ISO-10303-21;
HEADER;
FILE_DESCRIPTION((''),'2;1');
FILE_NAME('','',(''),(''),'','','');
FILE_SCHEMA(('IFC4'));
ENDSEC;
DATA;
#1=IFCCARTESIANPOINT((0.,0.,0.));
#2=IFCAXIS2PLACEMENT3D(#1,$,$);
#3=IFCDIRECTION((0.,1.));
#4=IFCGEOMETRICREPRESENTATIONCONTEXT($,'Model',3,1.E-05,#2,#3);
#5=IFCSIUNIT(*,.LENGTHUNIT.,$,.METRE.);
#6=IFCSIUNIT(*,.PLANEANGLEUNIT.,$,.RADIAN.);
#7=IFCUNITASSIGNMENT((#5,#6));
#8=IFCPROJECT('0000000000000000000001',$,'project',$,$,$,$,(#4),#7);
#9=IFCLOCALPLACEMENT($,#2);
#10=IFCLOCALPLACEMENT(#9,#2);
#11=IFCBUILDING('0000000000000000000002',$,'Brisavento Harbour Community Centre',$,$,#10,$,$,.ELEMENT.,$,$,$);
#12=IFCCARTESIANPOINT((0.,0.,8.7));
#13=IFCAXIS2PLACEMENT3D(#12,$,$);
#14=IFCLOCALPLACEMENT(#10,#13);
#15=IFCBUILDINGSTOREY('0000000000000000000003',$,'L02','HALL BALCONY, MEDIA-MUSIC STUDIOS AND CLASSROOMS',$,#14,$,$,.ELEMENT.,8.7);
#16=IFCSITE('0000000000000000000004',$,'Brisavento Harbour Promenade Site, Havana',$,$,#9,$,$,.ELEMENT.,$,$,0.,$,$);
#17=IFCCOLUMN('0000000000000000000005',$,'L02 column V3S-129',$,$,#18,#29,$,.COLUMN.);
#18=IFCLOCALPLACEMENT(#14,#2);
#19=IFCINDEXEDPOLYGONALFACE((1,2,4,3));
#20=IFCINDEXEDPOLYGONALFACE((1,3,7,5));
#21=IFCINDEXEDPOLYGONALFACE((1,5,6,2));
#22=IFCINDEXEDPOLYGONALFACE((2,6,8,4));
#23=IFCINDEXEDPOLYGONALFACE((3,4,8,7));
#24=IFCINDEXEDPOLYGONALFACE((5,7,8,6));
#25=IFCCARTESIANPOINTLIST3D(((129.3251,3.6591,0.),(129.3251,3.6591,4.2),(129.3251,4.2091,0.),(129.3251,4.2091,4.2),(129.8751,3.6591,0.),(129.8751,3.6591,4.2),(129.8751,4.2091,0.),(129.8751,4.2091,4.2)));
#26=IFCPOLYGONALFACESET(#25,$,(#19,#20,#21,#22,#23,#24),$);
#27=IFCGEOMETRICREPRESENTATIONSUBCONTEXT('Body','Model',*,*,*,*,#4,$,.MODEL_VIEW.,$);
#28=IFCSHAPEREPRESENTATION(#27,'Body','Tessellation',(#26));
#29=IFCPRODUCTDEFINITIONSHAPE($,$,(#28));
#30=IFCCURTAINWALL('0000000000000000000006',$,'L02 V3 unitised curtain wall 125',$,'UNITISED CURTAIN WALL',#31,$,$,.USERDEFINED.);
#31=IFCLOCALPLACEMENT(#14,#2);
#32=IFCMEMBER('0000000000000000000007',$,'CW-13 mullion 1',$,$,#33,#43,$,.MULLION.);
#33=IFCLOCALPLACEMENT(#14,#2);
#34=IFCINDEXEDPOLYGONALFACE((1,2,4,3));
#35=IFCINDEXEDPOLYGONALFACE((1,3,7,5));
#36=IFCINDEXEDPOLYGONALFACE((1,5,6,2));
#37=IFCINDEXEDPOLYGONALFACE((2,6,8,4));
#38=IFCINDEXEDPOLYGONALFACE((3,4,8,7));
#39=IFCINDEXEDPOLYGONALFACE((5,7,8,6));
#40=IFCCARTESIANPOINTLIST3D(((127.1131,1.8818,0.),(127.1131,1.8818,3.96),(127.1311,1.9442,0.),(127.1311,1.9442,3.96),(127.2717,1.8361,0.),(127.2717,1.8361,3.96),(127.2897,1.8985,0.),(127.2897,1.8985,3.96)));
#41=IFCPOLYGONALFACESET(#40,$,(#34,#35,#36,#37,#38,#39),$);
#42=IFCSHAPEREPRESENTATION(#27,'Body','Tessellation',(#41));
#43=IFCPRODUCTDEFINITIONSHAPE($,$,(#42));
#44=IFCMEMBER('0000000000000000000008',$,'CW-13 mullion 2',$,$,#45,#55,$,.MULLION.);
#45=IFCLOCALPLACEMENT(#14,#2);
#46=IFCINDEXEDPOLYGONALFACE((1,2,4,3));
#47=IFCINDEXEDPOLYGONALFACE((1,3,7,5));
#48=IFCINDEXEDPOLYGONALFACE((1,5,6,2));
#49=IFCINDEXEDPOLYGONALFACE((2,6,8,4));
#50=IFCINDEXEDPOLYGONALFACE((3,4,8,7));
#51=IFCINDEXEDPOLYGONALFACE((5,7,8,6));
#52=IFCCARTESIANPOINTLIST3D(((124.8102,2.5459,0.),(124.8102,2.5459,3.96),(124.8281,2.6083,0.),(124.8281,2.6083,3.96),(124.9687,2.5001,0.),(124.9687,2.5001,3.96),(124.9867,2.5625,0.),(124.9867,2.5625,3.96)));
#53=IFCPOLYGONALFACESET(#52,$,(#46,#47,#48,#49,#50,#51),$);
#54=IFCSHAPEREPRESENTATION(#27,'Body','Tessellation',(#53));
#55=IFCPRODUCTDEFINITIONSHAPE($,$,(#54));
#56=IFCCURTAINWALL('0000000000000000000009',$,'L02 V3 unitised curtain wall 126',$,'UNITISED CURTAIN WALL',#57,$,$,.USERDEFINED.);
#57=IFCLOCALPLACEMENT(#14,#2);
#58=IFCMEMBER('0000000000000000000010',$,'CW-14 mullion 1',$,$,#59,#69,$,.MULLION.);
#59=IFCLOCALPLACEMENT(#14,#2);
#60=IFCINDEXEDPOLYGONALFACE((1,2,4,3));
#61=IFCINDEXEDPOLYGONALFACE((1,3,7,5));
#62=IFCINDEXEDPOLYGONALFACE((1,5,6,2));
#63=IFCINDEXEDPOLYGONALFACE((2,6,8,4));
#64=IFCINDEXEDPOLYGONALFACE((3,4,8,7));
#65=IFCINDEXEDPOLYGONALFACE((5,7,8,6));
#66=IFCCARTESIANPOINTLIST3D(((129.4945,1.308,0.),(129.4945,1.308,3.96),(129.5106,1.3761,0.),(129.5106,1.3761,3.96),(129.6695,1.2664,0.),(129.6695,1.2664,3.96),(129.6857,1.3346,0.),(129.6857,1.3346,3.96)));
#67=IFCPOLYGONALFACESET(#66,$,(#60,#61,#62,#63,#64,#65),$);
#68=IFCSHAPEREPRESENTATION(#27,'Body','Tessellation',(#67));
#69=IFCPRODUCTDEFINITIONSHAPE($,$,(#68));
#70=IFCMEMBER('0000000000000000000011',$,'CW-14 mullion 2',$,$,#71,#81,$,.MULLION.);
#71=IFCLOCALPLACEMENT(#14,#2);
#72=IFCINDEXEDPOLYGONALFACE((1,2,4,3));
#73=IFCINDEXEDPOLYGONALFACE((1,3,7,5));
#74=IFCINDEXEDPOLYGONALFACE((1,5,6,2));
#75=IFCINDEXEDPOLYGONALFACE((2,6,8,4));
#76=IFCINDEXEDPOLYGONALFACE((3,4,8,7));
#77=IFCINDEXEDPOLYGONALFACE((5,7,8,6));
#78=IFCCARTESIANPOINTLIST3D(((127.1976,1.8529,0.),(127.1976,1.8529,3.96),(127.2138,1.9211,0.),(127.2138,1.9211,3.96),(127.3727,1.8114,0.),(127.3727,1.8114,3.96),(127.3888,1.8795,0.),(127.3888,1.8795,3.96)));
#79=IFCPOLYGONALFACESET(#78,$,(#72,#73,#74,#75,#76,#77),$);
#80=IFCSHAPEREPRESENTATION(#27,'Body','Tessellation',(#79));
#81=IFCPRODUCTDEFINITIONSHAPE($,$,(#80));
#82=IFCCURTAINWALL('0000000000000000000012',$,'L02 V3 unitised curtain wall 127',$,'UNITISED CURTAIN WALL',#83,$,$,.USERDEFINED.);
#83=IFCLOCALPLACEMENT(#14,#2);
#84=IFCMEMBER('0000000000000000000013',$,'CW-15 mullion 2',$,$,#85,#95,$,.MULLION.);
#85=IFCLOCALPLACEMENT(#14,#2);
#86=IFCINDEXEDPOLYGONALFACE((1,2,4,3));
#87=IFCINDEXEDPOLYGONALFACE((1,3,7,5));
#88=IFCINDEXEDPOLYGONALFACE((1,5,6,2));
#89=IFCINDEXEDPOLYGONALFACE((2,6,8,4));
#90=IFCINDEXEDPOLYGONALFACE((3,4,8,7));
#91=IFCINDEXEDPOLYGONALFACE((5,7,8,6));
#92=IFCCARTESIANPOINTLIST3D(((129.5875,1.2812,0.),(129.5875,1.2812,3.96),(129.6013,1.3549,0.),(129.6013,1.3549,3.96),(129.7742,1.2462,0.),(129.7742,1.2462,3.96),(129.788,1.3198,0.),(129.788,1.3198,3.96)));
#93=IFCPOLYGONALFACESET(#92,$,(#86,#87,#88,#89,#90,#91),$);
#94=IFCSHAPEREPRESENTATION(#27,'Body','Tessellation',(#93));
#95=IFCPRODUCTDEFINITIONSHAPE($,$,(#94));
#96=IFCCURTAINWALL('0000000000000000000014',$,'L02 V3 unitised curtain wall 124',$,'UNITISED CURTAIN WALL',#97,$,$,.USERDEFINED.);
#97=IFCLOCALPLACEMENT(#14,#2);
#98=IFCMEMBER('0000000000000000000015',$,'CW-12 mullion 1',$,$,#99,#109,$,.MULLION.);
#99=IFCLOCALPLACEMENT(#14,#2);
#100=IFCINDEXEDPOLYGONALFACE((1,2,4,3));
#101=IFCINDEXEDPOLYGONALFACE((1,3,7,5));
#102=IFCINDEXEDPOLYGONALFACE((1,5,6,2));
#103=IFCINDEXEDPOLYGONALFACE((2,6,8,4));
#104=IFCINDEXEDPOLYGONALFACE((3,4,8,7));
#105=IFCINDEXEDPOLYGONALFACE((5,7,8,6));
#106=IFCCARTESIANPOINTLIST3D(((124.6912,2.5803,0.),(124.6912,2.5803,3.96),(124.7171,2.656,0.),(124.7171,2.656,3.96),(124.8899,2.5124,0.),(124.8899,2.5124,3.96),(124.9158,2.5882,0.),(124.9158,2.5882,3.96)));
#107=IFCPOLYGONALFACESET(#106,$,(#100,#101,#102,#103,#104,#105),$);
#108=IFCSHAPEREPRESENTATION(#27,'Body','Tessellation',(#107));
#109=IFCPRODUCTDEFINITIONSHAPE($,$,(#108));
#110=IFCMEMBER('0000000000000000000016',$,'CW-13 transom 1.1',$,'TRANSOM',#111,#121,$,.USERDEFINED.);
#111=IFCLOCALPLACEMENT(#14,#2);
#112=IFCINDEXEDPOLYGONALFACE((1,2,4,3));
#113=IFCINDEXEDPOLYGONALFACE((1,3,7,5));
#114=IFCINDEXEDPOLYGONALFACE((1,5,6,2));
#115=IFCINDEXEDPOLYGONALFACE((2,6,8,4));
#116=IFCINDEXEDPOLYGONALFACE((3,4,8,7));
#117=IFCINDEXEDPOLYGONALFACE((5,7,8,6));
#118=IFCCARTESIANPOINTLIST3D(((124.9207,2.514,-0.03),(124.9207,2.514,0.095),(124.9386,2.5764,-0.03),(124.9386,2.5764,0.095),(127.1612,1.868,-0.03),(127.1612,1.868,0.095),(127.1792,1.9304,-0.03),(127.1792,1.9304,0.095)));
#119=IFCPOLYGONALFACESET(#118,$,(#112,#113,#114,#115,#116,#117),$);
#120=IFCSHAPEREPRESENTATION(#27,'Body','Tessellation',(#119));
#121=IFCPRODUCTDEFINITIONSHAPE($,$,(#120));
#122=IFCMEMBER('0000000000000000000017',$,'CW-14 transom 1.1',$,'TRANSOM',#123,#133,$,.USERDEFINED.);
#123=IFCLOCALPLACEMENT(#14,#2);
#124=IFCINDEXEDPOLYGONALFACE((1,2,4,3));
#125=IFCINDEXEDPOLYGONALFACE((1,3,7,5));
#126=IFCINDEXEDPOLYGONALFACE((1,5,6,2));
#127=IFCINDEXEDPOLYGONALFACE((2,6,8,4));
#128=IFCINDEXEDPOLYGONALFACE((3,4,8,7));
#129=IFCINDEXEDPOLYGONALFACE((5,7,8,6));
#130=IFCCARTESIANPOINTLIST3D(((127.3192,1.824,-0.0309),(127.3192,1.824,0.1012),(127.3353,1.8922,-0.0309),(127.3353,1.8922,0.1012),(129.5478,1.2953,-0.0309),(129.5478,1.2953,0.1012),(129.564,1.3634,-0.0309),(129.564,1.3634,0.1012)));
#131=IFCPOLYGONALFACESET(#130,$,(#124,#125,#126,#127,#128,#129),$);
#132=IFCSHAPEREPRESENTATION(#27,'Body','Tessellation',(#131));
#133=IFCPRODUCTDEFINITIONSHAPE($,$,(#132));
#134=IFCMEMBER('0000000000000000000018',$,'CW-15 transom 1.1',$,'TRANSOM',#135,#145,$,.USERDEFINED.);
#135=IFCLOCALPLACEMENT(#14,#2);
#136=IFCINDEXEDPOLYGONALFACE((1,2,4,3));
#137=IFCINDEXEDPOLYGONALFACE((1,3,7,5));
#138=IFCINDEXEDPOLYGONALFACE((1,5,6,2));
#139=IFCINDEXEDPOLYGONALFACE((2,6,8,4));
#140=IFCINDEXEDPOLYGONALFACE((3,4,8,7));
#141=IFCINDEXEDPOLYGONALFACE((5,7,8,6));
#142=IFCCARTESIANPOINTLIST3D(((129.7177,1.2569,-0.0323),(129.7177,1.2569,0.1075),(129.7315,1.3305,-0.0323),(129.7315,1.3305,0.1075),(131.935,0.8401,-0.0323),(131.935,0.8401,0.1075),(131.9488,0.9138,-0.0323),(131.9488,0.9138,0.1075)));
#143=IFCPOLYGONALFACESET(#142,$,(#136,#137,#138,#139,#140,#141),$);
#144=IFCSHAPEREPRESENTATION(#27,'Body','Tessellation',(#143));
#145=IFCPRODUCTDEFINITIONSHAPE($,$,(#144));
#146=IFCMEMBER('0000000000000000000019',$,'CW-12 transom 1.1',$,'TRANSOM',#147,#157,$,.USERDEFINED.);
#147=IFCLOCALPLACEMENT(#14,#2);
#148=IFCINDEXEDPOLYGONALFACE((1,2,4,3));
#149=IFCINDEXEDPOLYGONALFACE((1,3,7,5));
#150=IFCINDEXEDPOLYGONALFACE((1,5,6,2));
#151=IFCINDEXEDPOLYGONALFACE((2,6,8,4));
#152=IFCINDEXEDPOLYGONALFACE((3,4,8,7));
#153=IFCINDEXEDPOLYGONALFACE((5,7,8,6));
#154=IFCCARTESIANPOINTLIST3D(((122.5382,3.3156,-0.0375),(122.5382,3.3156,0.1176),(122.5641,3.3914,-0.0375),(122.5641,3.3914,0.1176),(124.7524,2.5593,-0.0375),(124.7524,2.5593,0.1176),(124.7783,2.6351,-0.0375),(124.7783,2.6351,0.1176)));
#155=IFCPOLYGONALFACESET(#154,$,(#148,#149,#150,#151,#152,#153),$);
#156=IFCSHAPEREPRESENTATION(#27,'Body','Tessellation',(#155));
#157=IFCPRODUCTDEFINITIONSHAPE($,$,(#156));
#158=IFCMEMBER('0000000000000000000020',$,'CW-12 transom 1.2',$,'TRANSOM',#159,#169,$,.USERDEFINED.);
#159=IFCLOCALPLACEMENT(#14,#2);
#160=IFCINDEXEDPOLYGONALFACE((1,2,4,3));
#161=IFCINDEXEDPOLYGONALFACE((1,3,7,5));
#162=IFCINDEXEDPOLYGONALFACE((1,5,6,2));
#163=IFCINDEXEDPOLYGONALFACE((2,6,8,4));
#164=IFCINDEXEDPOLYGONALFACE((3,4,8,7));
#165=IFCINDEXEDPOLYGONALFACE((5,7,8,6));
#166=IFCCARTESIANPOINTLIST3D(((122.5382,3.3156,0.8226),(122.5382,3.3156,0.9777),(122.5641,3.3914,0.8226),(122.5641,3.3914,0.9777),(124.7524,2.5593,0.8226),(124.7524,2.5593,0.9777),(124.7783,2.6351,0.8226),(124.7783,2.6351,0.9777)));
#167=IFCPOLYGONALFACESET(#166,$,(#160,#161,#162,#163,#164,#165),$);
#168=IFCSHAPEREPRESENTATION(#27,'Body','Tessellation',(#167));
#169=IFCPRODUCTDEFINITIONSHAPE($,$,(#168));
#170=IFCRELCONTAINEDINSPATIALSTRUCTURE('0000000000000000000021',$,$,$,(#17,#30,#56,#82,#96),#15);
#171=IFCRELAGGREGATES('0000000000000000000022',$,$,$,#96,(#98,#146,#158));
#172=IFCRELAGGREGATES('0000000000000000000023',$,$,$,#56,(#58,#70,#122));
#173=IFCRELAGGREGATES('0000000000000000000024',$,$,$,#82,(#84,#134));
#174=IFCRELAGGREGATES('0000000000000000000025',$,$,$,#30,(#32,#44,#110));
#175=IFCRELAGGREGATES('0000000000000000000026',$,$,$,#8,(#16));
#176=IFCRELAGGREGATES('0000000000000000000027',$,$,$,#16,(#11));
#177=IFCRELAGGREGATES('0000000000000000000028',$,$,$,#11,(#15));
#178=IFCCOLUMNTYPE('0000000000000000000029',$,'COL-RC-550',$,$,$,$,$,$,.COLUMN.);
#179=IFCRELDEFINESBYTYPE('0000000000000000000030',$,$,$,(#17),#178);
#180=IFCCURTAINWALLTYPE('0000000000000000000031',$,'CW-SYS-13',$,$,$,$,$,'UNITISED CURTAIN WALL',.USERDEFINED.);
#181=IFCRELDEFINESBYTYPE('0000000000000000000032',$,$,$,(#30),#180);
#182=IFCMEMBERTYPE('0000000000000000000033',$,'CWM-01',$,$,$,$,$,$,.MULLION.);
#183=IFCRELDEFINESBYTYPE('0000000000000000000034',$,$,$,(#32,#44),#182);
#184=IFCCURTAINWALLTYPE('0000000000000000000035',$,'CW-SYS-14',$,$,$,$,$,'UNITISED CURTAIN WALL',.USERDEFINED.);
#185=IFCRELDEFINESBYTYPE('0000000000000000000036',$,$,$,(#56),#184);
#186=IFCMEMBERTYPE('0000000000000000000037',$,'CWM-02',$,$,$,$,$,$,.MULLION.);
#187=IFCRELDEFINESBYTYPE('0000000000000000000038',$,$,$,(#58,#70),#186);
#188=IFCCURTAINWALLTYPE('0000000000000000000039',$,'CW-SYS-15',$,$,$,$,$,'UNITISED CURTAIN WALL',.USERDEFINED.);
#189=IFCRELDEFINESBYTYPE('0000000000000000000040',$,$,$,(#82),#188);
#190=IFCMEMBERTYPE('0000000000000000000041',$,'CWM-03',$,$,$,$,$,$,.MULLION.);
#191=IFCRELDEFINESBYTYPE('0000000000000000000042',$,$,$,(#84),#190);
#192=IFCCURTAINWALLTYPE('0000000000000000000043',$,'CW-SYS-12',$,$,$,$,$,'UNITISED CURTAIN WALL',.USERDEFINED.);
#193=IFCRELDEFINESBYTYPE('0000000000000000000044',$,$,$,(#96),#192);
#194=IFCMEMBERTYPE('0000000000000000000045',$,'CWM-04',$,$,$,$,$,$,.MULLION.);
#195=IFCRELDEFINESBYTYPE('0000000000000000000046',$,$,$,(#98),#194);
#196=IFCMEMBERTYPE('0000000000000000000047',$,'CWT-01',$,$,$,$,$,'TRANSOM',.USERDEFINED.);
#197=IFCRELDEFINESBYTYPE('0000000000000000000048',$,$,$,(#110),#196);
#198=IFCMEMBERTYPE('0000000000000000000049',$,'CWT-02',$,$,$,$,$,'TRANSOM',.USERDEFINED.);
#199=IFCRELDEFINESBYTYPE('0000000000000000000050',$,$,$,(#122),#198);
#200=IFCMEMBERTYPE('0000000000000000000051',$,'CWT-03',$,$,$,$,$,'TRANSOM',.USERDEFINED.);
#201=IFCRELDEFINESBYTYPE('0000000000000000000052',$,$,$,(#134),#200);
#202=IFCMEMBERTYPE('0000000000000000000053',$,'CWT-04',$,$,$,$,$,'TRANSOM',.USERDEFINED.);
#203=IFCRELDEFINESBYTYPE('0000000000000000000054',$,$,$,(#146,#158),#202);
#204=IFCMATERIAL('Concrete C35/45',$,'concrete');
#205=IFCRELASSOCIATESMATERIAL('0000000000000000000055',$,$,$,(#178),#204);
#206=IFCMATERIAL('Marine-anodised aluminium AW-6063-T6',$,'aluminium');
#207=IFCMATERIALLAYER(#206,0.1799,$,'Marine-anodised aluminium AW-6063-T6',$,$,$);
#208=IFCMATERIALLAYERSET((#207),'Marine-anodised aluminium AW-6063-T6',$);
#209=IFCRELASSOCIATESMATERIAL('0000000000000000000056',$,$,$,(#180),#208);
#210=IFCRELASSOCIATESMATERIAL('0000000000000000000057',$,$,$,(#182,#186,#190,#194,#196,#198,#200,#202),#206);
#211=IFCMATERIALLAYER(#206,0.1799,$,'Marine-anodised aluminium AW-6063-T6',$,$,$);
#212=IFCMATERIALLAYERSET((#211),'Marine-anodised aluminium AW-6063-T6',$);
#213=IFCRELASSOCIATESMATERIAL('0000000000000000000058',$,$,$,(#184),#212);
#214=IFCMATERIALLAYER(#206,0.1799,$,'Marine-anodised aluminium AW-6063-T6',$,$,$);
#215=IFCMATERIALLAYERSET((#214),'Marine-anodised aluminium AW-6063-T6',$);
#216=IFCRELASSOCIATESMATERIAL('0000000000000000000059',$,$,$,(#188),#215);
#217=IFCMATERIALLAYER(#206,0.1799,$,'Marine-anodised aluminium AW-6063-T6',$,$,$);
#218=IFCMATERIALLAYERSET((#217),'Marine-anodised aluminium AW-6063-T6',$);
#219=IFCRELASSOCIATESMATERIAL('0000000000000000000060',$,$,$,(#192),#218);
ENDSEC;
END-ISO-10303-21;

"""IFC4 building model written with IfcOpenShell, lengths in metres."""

from ifc_helpers import new_model, si_unit, direction, frame, origin, origin_2d, place, context, subcontext, project, spatial, rectangle, extrude, material, layer, layer_set, material_profile, profile_set, type_object, element, aggregate, save


model = new_model("IFC4")

# Units and contexts
model_context = context("Model", 3, precision=1e-05, world=origin(), true_north=direction((0.0, 1.0)))
body_context = subcontext(model_context, "Body", "Model", "MODEL_VIEW")
ifc_project = project(units=[si_unit("LENGTHUNIT", "METRE"), si_unit("PLANEANGLEUNIT", "RADIAN")], contexts=[model_context])

# Site, building, storey
site_placement = place(None, origin())
site = spatial("IfcSite", under=ifc_project, at=site_placement, Name="Brisavento Harbour Promenade Site, Havana", CompositionType="ELEMENT", RefElevation=0.0)
building_placement = place(site_placement, origin())
building = spatial("IfcBuilding", under=site, at=building_placement, Name="Brisavento Harbour Community Centre", CompositionType="ELEMENT")
storey_placement = place(building_placement, frame((0.0, 0.0, 8.7)))
storey = spatial("IfcBuildingStorey", under=building, at=storey_placement, Name="L02", Description="HALL BALCONY, MEDIA-MUSIC STUDIOS AND CLASSROOMS", CompositionType="ELEMENT", Elevation=8.7)

# Column
ifc_material_1 = material(Name="Concrete C35/45", Category="concrete")
ifc_material_profile_1 = material_profile(ifc_material_1, rectangle(XDim=0.55, YDim=0.55, at=origin_2d()), Name="Concrete C35/45")
ifc_profile_set_1 = profile_set([ifc_material_profile_1], Name="Concrete C35/45")
column_type = type_object("IfcColumnType", Name="COL-RC-550", PredefinedType="COLUMN", material=ifc_profile_set_1)
column_placement = place(storey_placement, frame((129.6001, 3.9341, 0.0), z_axis=(0.0, 0.0, 1.0), x_axis=(1.0, 0.0, 0.0)))
element("IfcColumn", 1, at=column_placement, inside=storey, type_object=column_type, Name="L02 column V3S-129", PredefinedType="COLUMN", context=body_context, shape_type="SweptSolid", body=[
    extrude(rectangle(XDim=0.55, YDim=0.55, at=origin_2d()), origin(), (0.0, 0.0, 1.0), 4.2),
])

# Curtain walls, members
ifc_material_2 = material(Name="Marine-anodised aluminium AW-6063-T6", Category="aluminium")
ifc_layer_1 = layer(ifc_material_2, 0.1799, Name="Marine-anodised aluminium AW-6063-T6")
ifc_layer_set_1 = layer_set([ifc_layer_1], Name="Marine-anodised aluminium AW-6063-T6")
curtain_wall_type_1 = type_object("IfcCurtainWallType", Name="CW-SYS-13", ElementType="UNITISED CURTAIN WALL", PredefinedType="USERDEFINED", material=ifc_layer_set_1)
curtain_wall_1_placement = place(storey_placement, origin())
curtain_wall_1 = element("IfcCurtainWall", 2, at=curtain_wall_1_placement, inside=storey, type_object=curtain_wall_type_1, Name="L02 V3 unitised curtain wall 125", ObjectType="UNITISED CURTAIN WALL", PredefinedType="USERDEFINED")
ifc_material_profile_2 = material_profile(ifc_material_2, rectangle(XDim=0.0649, YDim=0.165, at=origin_2d()), Name="Marine-anodised aluminium AW-6063-T6")
ifc_profile_set_2 = profile_set([ifc_material_profile_2], Name="Marine-anodised aluminium AW-6063-T6")
member_type_1 = type_object("IfcMemberType", Name="CWM-01", PredefinedType="MULLION", material=ifc_profile_set_2)
member_1_placement = place(storey_placement, frame((127.2014, 1.8901, 0.0), z_axis=(0.0, 0.0, 1.0), x_axis=(-0.277001, -0.96087, 0.0)))
member_1 = element("IfcMember", 3, at=member_1_placement, type_object=member_type_1, Name="CW-13 mullion 1", PredefinedType="MULLION", context=body_context, shape_type="SweptSolid", body=[
    extrude(rectangle(XDim=0.0649, YDim=0.165, at=origin_2d()), origin(), (0.0, 0.0, 1.0), 3.96),
])
member_2_placement = place(storey_placement, frame((124.8984, 2.5542, 0.0), z_axis=(0.0, 0.0, 1.0), x_axis=(-0.277001, -0.96087, 0.0)))
member_2 = element("IfcMember", 4, at=member_2_placement, type_object=member_type_1, Name="CW-13 mullion 2", PredefinedType="MULLION", context=body_context, shape_type="SweptSolid", body=[
    extrude(rectangle(XDim=0.0649, YDim=0.165, at=origin_2d()), origin(), (0.0, 0.0, 1.0), 3.96),
])
ifc_layer_2 = layer(ifc_material_2, 0.1799, Name="Marine-anodised aluminium AW-6063-T6")
ifc_layer_set_2 = layer_set([ifc_layer_2], Name="Marine-anodised aluminium AW-6063-T6")
curtain_wall_type_2 = type_object("IfcCurtainWallType", Name="CW-SYS-14", ElementType="UNITISED CURTAIN WALL", PredefinedType="USERDEFINED", material=ifc_layer_set_2)
curtain_wall_2_placement = place(storey_placement, origin())
curtain_wall_2 = element("IfcCurtainWall", 5, at=curtain_wall_2_placement, inside=storey, type_object=curtain_wall_type_2, Name="L02 V3 unitised curtain wall 126", ObjectType="UNITISED CURTAIN WALL", PredefinedType="USERDEFINED")
ifc_material_profile_3 = material_profile(ifc_material_2, rectangle(XDim=0.0701, YDim=0.1799, at=origin_2d()), Name="Marine-anodised aluminium AW-6063-T6")
ifc_profile_set_3 = profile_set([ifc_material_profile_3], Name="Marine-anodised aluminium AW-6063-T6")
member_type_2 = type_object("IfcMemberType", Name="CWM-02", PredefinedType="MULLION", material=ifc_profile_set_3)
member_3_placement = place(storey_placement, frame((129.5901, 1.3213, 0.0), z_axis=(0.0, 0.0, 1.0), x_axis=(-0.230805, -0.973, 0.0)))
member_3 = element("IfcMember", 6, at=member_3_placement, type_object=member_type_2, Name="CW-14 mullion 1", PredefinedType="MULLION", context=body_context, shape_type="SweptSolid", body=[
    extrude(rectangle(XDim=0.0701, YDim=0.1799, at=origin_2d()), origin(), (0.0, 0.0, 1.0), 3.96),
])
member_4_placement = place(storey_placement, frame((127.2932, 1.8662, 0.0), z_axis=(0.0, 0.0, 1.0), x_axis=(-0.230805, -0.973, 0.0)))
member_4 = element("IfcMember", 7, at=member_4_placement, type_object=member_type_2, Name="CW-14 mullion 2", PredefinedType="MULLION", context=body_context, shape_type="SweptSolid", body=[
    extrude(rectangle(XDim=0.0701, YDim=0.1799, at=origin_2d()), origin(), (0.0, 0.0, 1.0), 3.96),
])

# Curtain walls, members
ifc_layer_3 = layer(ifc_material_2, 0.1799, Name="Marine-anodised aluminium AW-6063-T6")
ifc_layer_set_3 = layer_set([ifc_layer_3], Name="Marine-anodised aluminium AW-6063-T6")
curtain_wall_type_3 = type_object("IfcCurtainWallType", Name="CW-SYS-15", ElementType="UNITISED CURTAIN WALL", PredefinedType="USERDEFINED", material=ifc_layer_set_3)
curtain_wall_3_placement = place(storey_placement, origin())
curtain_wall_3 = element("IfcCurtainWall", 8, at=curtain_wall_3_placement, inside=storey, type_object=curtain_wall_type_3, Name="L02 V3 unitised curtain wall 127", ObjectType="UNITISED CURTAIN WALL", PredefinedType="USERDEFINED")
ifc_material_profile_4 = material_profile(ifc_material_2, rectangle(XDim=0.075, YDim=0.1899, at=origin_2d()), Name="Marine-anodised aluminium AW-6063-T6")
ifc_profile_set_4 = profile_set([ifc_material_profile_4], Name="Marine-anodised aluminium AW-6063-T6")
member_type_3 = type_object("IfcMemberType", Name="CWM-03", PredefinedType="MULLION", material=ifc_profile_set_4)
member_5_placement = place(storey_placement, frame((129.6877, 1.3005, 0.0), z_axis=(0.0, 0.0, 1.0), x_axis=(-0.184665, -0.982802, 0.0)))
member_5 = element("IfcMember", 9, at=member_5_placement, type_object=member_type_3, Name="CW-15 mullion 2", PredefinedType="MULLION", context=body_context, shape_type="SweptSolid", body=[
    extrude(rectangle(XDim=0.075, YDim=0.1899, at=origin_2d()), origin(), (0.0, 0.0, 1.0), 3.96),
])
ifc_layer_4 = layer(ifc_material_2, 0.1799, Name="Marine-anodised aluminium AW-6063-T6")
ifc_layer_set_4 = layer_set([ifc_layer_4], Name="Marine-anodised aluminium AW-6063-T6")
curtain_wall_type_4 = type_object("IfcCurtainWallType", Name="CW-SYS-12", ElementType="UNITISED CURTAIN WALL", PredefinedType="USERDEFINED", material=ifc_layer_set_4)
curtain_wall_4_placement = place(storey_placement, origin())
curtain_wall_4 = element("IfcCurtainWall", 10, at=curtain_wall_4_placement, inside=storey, type_object=curtain_wall_type_4, Name="L02 V3 unitised curtain wall 124", ObjectType="UNITISED CURTAIN WALL", PredefinedType="USERDEFINED")
ifc_material_profile_5 = material_profile(ifc_material_2, rectangle(XDim=0.0801, YDim=0.21, at=origin_2d()), Name="Marine-anodised aluminium AW-6063-T6")
ifc_profile_set_5 = profile_set([ifc_material_profile_5], Name="Marine-anodised aluminium AW-6063-T6")
member_type_4 = type_object("IfcMemberType", Name="CWM-04", PredefinedType="MULLION", material=ifc_profile_set_5)
member_6_placement = place(storey_placement, frame((124.8035, 2.5842, 0.0), z_axis=(0.0, 0.0, 1.0), x_axis=(-0.323179, -0.946338, 0.0)))
member_6 = element("IfcMember", 11, at=member_6_placement, type_object=member_type_4, Name="CW-12 mullion 1", PredefinedType="MULLION", context=body_context, shape_type="SweptSolid", body=[
    extrude(rectangle(XDim=0.0801, YDim=0.21, at=origin_2d()), origin(), (0.0, 0.0, 1.0), 3.96),
])

# Members
ifc_material_profile_6 = material_profile(ifc_material_2, rectangle(XDim=0.0649, YDim=0.125, at=origin_2d()), Name="Marine-anodised aluminium AW-6063-T6")
ifc_profile_set_6 = profile_set([ifc_material_profile_6], Name="Marine-anodised aluminium AW-6063-T6")
member_type_5 = type_object("IfcMemberType", Name="CWT-01", ElementType="TRANSOM", PredefinedType="USERDEFINED", material=ifc_profile_set_6)
member_7_placement = place(storey_placement, frame((127.1702, 1.8992, 0.0325), z_axis=(-0.960857, 0.277044, 0.0), x_axis=(-0.277044, -0.960857, 0.0)))
member_7 = element("IfcMember", 12, at=member_7_placement, type_object=member_type_5, Name="CW-13 transom 1.1", ObjectType="TRANSOM", PredefinedType="USERDEFINED", context=body_context, shape_type="SweptSolid", body=[
    extrude(rectangle(XDim=0.0649, YDim=0.125, at=origin_2d()), origin(), (0.0, 0.0, 1.0), 2.3318),
])
ifc_material_profile_7 = material_profile(ifc_material_2, rectangle(XDim=0.0701, YDim=0.1321, at=origin_2d()), Name="Marine-anodised aluminium AW-6063-T6")
ifc_profile_set_7 = profile_set([ifc_material_profile_7], Name="Marine-anodised aluminium AW-6063-T6")
member_type_6 = type_object("IfcMemberType", Name="CWT-02", ElementType="TRANSOM", PredefinedType="USERDEFINED", material=ifc_profile_set_7)
member_8_placement = place(storey_placement, frame((129.5559, 1.3293, 0.0352), z_axis=(-0.972988, 0.230857, 0.0), x_axis=(-0.230857, -0.972988, 0.0)))
member_8 = element("IfcMember", 13, at=member_8_placement, type_object=member_type_6, Name="CW-14 transom 1.1", ObjectType="TRANSOM", PredefinedType="USERDEFINED", context=body_context, shape_type="SweptSolid", body=[
    extrude(rectangle(XDim=0.0701, YDim=0.1321, at=origin_2d()), origin(), (0.0, 0.0, 1.0), 2.2905),
])
ifc_material_profile_8 = material_profile(ifc_material_2, rectangle(XDim=0.075, YDim=0.1399, at=origin_2d()), Name="Marine-anodised aluminium AW-6063-T6")
ifc_profile_set_8 = profile_set([ifc_material_profile_8], Name="Marine-anodised aluminium AW-6063-T6")
member_type_7 = type_object("IfcMemberType", Name="CWT-03", ElementType="TRANSOM", PredefinedType="USERDEFINED", material=ifc_profile_set_8)
member_9_placement = place(storey_placement, frame((131.9419, 0.877, 0.0376), z_axis=(-0.982791, 0.18472, 0.0), x_axis=(-0.18472, -0.982791, 0.0)))
member_9 = element("IfcMember", 14, at=member_9_placement, type_object=member_type_7, Name="CW-15 transom 1.1", ObjectType="TRANSOM", PredefinedType="USERDEFINED", context=body_context, shape_type="SweptSolid", body=[
    extrude(rectangle(XDim=0.075, YDim=0.1399, at=origin_2d()), origin(), (0.0, 0.0, 1.0), 2.2561),
])
ifc_material_profile_9 = material_profile(ifc_material_2, rectangle(XDim=0.0801, YDim=0.155, at=origin_2d()), Name="Marine-anodised aluminium AW-6063-T6")
ifc_profile_set_9 = profile_set([ifc_material_profile_9], Name="Marine-anodised aluminium AW-6063-T6")
member_type_8 = type_object("IfcMemberType", Name="CWT-04", ElementType="TRANSOM", PredefinedType="USERDEFINED", material=ifc_profile_set_9)
member_10_placement = place(storey_placement, frame((124.7654, 2.5972, 0.04), z_axis=(-0.94632, 0.32323, 0.0), x_axis=(-0.32323, -0.94632, 0.0)))
member_10 = element("IfcMember", 15, at=member_10_placement, type_object=member_type_8, Name="CW-12 transom 1.1", ObjectType="TRANSOM", PredefinedType="USERDEFINED", context=body_context, shape_type="SweptSolid", body=[
    extrude(rectangle(XDim=0.0801, YDim=0.155, at=origin_2d()), origin(), (0.0, 0.0, 1.0), 2.3398),
])
member_11_placement = place(storey_placement, frame((124.7654, 2.5972, 0.9001), z_axis=(-0.94632, 0.32323, 0.0), x_axis=(-0.32323, -0.94632, 0.0)))
member_11 = element("IfcMember", 16, at=member_11_placement, type_object=member_type_8, Name="CW-12 transom 1.2", ObjectType="TRANSOM", PredefinedType="USERDEFINED", context=body_context, shape_type="SweptSolid", body=[
    extrude(rectangle(XDim=0.0801, YDim=0.155, at=origin_2d()), origin(), (0.0, 0.0, 1.0), 2.3398),
])
aggregate(curtain_wall_4, [member_6, member_10, member_11])

aggregate(curtain_wall_2, [member_3, member_4, member_8])
aggregate(curtain_wall_3, [member_5, member_9])
aggregate(curtain_wall_1, [member_1, member_2, member_7])

save(model, "model.ifc")
